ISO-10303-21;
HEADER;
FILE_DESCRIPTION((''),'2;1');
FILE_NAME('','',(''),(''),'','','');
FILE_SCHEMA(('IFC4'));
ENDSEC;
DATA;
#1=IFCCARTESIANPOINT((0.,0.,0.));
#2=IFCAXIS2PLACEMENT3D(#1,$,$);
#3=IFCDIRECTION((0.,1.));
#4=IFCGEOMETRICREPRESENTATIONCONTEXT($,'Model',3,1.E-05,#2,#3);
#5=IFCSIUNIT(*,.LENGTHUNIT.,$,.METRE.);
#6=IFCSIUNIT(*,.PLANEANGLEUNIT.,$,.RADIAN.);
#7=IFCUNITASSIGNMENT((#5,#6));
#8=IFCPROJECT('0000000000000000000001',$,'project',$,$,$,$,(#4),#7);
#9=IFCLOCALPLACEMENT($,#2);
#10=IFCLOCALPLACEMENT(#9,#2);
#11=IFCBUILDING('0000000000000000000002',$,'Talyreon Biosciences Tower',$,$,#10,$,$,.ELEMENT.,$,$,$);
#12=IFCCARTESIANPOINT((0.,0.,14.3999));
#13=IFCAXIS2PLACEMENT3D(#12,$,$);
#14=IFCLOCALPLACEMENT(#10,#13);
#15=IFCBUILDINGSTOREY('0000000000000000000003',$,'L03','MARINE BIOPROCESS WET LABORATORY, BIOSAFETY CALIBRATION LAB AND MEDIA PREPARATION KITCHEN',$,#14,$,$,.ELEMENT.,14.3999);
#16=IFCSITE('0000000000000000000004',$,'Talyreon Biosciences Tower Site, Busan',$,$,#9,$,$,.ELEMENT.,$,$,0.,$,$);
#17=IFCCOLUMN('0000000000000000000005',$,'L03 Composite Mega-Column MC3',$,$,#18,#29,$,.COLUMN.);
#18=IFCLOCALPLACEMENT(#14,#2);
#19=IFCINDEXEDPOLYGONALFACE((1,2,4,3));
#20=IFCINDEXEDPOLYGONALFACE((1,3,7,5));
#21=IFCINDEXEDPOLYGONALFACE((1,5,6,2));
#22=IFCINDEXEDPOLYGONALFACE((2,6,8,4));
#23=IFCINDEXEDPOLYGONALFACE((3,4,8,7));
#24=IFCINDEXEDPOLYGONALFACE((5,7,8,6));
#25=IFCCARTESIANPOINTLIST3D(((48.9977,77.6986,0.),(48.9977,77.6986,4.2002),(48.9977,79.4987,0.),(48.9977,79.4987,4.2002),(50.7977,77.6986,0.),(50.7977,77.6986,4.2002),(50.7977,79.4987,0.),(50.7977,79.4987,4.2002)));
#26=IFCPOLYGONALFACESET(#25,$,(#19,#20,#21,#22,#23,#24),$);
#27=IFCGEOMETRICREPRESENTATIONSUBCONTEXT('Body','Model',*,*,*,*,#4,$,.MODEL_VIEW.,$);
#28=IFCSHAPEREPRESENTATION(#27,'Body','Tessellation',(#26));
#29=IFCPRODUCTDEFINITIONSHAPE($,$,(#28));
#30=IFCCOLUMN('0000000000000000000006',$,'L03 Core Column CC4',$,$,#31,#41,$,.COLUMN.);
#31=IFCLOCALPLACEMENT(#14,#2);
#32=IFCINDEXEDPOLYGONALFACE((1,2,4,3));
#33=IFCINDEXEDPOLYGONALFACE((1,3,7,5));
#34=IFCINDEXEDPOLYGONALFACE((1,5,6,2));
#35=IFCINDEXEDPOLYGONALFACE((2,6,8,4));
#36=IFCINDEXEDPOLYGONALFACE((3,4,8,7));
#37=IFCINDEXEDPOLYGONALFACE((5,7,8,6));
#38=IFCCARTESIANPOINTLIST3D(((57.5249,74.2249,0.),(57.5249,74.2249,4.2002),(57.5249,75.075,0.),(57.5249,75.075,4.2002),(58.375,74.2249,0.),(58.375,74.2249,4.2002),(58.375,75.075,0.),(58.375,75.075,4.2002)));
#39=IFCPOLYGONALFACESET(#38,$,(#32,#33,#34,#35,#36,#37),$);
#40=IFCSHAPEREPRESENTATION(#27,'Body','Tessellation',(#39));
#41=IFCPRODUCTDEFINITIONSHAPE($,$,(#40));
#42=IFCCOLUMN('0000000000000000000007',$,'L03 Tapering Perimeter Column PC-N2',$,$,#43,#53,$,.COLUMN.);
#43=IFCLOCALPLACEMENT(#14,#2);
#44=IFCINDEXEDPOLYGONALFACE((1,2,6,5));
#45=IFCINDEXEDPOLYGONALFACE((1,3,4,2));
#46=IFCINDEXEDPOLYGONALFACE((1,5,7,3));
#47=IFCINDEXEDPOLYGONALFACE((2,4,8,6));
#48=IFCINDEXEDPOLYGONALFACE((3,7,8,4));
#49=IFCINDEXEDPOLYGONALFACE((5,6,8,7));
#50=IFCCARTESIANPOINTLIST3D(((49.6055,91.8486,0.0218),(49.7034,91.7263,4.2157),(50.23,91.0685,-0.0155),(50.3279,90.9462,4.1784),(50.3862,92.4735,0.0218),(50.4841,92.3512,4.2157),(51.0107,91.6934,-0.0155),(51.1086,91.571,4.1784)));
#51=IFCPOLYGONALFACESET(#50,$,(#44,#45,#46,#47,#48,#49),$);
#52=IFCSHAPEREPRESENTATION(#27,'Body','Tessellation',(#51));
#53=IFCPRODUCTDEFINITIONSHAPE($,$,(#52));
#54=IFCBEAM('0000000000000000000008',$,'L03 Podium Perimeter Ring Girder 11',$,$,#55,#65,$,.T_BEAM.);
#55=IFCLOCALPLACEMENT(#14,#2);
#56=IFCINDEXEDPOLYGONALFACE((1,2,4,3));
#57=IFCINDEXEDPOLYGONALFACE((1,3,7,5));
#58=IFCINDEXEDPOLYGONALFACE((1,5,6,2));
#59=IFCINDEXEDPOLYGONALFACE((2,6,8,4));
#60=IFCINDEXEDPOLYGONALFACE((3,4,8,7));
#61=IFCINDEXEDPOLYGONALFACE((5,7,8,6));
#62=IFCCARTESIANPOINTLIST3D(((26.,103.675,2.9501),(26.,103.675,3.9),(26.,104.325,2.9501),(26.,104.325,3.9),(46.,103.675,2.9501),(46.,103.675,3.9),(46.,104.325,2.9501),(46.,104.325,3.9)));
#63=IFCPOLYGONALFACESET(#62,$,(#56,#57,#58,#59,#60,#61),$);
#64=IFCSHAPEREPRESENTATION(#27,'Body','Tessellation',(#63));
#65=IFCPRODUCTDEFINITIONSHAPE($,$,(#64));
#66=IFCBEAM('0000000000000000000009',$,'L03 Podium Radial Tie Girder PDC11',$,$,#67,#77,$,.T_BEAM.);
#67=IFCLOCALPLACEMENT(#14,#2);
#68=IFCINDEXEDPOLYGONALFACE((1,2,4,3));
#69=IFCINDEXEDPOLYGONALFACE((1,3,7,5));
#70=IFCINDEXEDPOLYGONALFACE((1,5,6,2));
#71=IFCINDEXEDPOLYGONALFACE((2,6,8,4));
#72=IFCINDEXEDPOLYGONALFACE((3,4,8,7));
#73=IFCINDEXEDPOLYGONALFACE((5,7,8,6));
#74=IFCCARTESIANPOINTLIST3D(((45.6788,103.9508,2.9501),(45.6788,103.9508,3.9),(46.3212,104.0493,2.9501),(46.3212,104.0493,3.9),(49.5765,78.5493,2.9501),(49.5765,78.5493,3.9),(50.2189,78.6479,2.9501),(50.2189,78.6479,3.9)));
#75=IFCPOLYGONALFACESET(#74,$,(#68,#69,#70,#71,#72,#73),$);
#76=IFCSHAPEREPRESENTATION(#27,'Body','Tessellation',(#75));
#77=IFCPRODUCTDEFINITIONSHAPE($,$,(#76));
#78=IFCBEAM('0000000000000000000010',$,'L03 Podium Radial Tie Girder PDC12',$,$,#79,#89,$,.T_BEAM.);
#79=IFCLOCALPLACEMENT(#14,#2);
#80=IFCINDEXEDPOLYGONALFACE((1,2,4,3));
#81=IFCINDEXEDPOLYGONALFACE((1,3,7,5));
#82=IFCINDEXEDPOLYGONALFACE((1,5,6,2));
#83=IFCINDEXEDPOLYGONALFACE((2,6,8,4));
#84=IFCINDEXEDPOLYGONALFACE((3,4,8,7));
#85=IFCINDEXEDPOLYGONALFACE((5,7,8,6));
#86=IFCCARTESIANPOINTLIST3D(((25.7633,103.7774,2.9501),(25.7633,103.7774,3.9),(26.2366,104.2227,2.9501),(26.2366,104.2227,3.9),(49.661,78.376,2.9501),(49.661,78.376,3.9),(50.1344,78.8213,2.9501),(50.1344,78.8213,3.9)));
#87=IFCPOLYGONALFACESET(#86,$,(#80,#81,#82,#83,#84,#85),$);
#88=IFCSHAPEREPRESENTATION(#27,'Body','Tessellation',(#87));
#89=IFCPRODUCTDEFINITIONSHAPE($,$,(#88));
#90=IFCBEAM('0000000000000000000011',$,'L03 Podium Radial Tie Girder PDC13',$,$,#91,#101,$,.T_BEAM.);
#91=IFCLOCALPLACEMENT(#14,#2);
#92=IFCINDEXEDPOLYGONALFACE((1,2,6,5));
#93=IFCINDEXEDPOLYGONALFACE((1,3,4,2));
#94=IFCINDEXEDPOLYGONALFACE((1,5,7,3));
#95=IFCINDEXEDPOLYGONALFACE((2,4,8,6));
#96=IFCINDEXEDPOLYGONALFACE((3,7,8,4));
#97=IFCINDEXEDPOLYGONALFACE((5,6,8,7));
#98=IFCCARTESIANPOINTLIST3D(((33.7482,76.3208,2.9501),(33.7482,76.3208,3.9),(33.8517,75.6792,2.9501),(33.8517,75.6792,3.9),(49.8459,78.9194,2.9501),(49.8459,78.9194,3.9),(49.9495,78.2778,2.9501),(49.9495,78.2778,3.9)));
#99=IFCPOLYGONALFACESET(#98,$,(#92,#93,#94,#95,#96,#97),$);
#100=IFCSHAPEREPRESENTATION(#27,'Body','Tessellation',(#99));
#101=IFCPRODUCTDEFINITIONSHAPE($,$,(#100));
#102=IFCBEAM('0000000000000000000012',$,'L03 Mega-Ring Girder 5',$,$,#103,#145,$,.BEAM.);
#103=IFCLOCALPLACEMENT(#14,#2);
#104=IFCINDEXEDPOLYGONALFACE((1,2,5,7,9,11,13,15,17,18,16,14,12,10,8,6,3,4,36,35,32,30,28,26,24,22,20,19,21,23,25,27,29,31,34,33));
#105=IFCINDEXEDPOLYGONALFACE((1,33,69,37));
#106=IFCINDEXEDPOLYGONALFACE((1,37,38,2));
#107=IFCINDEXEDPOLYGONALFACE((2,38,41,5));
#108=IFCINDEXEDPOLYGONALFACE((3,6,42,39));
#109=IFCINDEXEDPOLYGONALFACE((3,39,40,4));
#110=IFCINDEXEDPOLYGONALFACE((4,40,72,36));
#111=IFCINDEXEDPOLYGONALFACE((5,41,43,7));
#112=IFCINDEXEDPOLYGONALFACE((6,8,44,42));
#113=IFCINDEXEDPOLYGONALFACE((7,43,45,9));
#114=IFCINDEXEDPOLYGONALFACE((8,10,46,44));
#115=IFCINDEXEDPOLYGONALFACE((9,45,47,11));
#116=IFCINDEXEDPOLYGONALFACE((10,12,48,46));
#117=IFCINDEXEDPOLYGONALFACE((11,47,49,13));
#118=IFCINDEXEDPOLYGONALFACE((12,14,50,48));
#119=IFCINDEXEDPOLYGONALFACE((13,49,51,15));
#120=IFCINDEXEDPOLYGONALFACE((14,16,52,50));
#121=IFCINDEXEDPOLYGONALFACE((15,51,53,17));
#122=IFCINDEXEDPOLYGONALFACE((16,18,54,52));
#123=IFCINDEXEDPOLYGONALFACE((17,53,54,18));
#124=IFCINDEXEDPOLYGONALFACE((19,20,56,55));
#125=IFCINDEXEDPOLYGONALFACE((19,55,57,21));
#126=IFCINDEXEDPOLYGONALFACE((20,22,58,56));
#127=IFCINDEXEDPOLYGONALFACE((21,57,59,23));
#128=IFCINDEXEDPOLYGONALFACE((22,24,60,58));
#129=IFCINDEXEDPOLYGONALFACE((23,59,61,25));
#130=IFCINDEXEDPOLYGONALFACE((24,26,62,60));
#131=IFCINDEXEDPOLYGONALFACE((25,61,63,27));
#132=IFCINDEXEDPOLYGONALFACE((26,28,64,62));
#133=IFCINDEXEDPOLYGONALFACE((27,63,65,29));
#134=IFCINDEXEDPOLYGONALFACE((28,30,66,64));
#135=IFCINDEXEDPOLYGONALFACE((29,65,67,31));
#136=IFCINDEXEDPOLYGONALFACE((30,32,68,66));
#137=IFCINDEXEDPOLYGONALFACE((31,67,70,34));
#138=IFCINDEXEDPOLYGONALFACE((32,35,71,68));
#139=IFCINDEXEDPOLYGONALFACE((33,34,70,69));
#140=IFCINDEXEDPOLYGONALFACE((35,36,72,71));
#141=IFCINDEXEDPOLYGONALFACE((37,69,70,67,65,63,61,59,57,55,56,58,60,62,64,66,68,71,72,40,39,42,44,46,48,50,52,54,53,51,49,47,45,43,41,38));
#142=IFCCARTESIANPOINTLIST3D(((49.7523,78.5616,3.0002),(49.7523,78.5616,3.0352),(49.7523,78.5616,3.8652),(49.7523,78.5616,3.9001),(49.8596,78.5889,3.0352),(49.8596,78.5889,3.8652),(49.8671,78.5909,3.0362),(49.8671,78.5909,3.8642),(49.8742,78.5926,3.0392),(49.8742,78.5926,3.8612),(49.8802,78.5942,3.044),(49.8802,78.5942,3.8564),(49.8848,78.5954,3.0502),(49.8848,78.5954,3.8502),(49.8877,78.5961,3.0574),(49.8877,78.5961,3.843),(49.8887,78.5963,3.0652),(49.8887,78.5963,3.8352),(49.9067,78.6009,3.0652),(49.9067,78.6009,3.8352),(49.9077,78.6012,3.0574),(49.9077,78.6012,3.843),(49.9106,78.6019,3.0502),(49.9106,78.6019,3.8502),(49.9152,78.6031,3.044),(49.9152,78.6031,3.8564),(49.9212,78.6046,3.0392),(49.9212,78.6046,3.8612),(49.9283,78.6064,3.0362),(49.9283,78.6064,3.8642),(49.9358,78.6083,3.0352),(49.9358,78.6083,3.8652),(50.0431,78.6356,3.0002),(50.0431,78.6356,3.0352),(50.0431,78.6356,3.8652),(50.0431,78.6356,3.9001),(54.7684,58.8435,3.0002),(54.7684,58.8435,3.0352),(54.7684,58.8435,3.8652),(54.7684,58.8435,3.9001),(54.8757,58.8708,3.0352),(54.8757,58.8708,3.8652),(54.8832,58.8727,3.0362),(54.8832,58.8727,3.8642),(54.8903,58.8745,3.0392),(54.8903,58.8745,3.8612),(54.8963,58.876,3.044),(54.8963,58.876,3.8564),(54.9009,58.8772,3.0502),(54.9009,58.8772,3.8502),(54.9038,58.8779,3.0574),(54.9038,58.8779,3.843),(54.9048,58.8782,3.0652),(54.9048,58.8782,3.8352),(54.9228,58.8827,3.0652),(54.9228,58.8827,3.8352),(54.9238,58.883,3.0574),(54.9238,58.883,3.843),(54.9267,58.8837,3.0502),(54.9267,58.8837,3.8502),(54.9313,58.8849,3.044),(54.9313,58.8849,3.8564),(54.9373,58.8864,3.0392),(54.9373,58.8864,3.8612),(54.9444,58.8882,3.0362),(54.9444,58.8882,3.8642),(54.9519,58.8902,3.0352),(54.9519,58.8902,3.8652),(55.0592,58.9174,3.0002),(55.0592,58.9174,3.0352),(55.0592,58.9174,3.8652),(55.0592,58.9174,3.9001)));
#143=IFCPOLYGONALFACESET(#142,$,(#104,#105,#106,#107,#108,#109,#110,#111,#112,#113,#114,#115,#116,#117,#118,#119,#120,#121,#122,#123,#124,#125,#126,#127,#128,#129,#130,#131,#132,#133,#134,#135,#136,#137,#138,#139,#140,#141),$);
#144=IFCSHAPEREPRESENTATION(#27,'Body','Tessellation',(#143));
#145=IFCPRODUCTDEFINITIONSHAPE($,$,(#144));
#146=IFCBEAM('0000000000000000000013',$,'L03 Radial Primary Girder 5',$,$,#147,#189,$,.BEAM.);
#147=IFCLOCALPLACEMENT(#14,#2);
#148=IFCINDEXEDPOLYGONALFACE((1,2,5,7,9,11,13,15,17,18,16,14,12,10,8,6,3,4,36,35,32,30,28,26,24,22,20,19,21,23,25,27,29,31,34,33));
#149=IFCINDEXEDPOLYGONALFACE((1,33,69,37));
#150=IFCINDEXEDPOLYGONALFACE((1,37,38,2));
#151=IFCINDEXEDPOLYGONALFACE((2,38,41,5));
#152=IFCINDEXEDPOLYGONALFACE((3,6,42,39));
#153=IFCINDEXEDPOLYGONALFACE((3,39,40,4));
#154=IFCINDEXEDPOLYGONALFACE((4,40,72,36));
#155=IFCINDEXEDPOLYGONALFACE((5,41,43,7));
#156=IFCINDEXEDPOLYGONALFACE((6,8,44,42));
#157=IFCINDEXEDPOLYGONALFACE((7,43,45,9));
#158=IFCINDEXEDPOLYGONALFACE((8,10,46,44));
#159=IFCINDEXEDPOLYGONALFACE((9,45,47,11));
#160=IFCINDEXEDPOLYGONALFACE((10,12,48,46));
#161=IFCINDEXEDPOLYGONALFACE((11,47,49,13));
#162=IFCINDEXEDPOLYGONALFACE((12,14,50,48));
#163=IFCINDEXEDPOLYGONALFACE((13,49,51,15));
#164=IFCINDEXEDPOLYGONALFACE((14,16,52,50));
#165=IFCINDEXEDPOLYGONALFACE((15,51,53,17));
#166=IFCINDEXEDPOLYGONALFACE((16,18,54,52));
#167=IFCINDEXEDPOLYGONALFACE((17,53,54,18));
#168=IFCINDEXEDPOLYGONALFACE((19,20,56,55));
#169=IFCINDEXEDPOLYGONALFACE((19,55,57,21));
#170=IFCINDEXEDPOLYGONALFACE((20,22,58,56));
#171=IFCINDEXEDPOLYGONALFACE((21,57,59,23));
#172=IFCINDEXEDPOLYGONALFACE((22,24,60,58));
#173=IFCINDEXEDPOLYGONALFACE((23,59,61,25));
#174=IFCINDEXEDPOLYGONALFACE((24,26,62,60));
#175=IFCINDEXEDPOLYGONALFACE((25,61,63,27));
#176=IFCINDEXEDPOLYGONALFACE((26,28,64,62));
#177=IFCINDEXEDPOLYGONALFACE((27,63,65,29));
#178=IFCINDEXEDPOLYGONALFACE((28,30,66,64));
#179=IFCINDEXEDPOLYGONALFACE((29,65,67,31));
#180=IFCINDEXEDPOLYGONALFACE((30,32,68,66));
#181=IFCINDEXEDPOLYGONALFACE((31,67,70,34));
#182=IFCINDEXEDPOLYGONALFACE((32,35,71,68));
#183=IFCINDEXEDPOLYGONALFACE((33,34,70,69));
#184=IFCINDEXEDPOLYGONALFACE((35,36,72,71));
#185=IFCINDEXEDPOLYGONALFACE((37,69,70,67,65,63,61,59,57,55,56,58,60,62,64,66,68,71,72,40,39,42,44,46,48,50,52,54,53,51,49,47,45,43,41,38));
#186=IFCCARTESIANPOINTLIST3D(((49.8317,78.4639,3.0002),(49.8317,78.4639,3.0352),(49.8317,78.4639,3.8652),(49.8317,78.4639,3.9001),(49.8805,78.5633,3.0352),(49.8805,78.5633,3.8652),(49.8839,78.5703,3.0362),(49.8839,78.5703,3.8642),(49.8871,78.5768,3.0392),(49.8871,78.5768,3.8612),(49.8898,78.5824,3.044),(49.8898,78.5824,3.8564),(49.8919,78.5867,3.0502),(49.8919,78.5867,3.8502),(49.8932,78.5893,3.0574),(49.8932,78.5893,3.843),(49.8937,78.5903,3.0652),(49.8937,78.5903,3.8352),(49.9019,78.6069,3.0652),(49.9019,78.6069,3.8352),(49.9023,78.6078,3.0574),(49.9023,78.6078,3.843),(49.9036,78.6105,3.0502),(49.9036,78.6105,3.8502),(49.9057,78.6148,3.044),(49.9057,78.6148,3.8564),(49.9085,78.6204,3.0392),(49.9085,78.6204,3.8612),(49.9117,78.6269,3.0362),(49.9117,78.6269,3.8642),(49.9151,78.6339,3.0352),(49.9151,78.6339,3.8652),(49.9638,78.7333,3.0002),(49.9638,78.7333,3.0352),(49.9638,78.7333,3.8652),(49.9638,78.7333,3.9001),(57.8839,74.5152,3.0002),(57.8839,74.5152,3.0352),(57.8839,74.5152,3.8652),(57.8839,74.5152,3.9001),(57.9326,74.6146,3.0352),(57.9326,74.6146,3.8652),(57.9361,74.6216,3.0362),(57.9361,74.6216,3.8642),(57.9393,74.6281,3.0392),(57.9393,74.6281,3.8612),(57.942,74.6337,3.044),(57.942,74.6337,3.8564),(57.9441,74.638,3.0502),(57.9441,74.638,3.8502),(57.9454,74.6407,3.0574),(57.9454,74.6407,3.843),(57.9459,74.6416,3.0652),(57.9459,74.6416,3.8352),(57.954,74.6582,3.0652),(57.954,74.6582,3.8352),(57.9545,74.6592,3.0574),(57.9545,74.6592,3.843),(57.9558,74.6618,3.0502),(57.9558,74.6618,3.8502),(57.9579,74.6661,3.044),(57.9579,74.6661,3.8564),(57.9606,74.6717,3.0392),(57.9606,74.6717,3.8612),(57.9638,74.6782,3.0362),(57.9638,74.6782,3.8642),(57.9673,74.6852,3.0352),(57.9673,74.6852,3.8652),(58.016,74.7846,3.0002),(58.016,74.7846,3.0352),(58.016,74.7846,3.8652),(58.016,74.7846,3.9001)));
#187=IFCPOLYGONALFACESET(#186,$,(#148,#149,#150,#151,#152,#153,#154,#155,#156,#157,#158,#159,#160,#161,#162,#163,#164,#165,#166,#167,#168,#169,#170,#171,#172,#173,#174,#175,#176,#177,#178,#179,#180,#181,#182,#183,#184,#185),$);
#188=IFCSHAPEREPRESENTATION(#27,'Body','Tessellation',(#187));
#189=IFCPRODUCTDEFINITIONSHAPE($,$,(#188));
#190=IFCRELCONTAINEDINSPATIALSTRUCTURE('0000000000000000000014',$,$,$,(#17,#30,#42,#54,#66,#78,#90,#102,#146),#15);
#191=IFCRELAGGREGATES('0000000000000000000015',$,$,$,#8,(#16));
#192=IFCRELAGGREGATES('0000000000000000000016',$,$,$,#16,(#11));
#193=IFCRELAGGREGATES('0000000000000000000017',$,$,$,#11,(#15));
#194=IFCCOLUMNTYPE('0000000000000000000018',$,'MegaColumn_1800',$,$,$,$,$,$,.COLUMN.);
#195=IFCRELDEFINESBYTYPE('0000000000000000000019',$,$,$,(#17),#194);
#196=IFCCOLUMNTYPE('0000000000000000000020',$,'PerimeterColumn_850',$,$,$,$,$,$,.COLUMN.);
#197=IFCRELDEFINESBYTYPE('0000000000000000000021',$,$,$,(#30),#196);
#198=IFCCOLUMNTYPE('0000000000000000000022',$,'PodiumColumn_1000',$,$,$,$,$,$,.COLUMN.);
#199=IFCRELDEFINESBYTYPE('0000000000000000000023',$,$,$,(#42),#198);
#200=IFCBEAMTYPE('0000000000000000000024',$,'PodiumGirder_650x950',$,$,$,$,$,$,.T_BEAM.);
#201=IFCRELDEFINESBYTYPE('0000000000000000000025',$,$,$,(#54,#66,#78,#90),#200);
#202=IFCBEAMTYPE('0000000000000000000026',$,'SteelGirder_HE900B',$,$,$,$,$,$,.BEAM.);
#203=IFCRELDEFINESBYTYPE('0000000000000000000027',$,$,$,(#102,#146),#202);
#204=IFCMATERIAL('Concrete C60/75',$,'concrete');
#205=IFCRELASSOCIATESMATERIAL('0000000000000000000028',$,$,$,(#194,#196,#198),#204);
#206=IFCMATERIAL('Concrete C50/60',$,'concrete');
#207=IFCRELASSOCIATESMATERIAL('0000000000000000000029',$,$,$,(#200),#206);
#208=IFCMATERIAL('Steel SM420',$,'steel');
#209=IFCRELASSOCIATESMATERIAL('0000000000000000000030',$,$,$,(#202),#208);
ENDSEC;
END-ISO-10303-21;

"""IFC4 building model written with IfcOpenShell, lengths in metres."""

from ifc_helpers import new_model, si_unit, direction, frame, origin, origin_2d, place, context, subcontext, project, spatial, rectangle, i_section, extrude, material, material_profile, profile_set, type_object, element, save


model = new_model("IFC4")

# Units and contexts
model_context = context("Model", 3, precision=1e-05, world=origin(), true_north=direction((0.0, 1.0)))
body_context = subcontext(model_context, "Body", "Model", "MODEL_VIEW")
ifc_project = project(units=[si_unit("LENGTHUNIT", "METRE"), si_unit("PLANEANGLEUNIT", "RADIAN")], contexts=[model_context])

# Site, building, storey
site_placement = place(None, origin())
site = spatial("IfcSite", under=ifc_project, at=site_placement, Name="Talyreon Biosciences Tower Site, Busan", CompositionType="ELEMENT", RefElevation=0.0)
building_placement = place(site_placement, origin())
building = spatial("IfcBuilding", under=site, at=building_placement, Name="Talyreon Biosciences Tower", CompositionType="ELEMENT")
storey_placement = place(building_placement, frame((0.0, 0.0, 14.3999)))
storey = spatial("IfcBuildingStorey", under=building, at=storey_placement, Name="L03", Description="MARINE BIOPROCESS WET LABORATORY, BIOSAFETY CALIBRATION LAB AND MEDIA PREPARATION KITCHEN", CompositionType="ELEMENT", Elevation=14.3999)

# Columns
ifc_material_1 = material(Name="Concrete C60/75", Category="concrete")
ifc_material_profile_1 = material_profile(ifc_material_1, rectangle(XDim=1.8, YDim=1.8, at=origin_2d()), Name="RC 1800x1800")
ifc_profile_set_1 = profile_set([ifc_material_profile_1], Name="Concrete C60/75")
column_type_1 = type_object("IfcColumnType", Name="MegaColumn_1800", PredefinedType="COLUMN", material=ifc_profile_set_1)
column_1_placement = place(storey_placement, frame((49.8977, 78.5986, 0.0), z_axis=(0.0, 0.0, 1.0), x_axis=(1.0, 0.0, 0.0)))
element("IfcColumn", 1, at=column_1_placement, inside=storey, type_object=column_type_1, Name="L03 Composite Mega-Column MC3", PredefinedType="COLUMN", context=body_context, shape_type="SweptSolid", body=[
    extrude(rectangle(XDim=1.8, YDim=1.8, at=origin_2d()), origin(), (0.0, 0.0, 1.0), 4.2002),
])
ifc_material_profile_2 = material_profile(ifc_material_1, rectangle(XDim=0.8501, YDim=0.8501, at=origin_2d()), Name="RC 850x850")
ifc_profile_set_2 = profile_set([ifc_material_profile_2], Name="Concrete C60/75")
column_type_2 = type_object("IfcColumnType", Name="PerimeterColumn_850", PredefinedType="COLUMN", material=ifc_profile_set_2)
column_2_placement = place(storey_placement, frame((57.95, 74.6499, 0.0), z_axis=(0.0, 0.0, 1.0), x_axis=(1.0, 0.0, 0.0)))
element("IfcColumn", 2, at=column_2_placement, inside=storey, type_object=column_type_2, Name="L03 Core Column CC4", PredefinedType="COLUMN", context=body_context, shape_type="SweptSolid", body=[
    extrude(rectangle(XDim=0.8501, YDim=0.8501, at=origin_2d()), origin(), (0.0, 0.0, 1.0), 4.2002),
])
ifc_material_profile_3 = material_profile(ifc_material_1, rectangle(XDim=1.0, YDim=1.0, at=origin_2d()), Name="RC 1000x1000")
ifc_profile_set_3 = profile_set([ifc_material_profile_3], Name="Concrete C60/75")
column_type_3 = type_object("IfcColumnType", Name="PodiumColumn_1000", PredefinedType="COLUMN", material=ifc_profile_set_3)
column_3_placement = place(storey_placement, frame((50.3081, 91.771, 0.0032), z_axis=(0.023328, -0.029145, 0.999303), x_axis=(-0.780717, -0.624885, 0.0)))
element("IfcColumn", 3, at=column_3_placement, inside=storey, type_object=column_type_3, Name="L03 Tapering Perimeter Column PC-N2", PredefinedType="COLUMN", context=body_context, shape_type="SweptSolid", body=[
    extrude(rectangle(XDim=1.0, YDim=1.0, at=origin_2d()), origin(), (0.0, 0.0, 1.0), 4.1968),
])

# Beams
ifc_material_2 = material(Name="Concrete C50/60", Category="concrete")
ifc_material_profile_4 = material_profile(ifc_material_2, rectangle(XDim=0.6499, YDim=0.95, at=origin_2d()), Name="RCB 650x950")
ifc_profile_set_4 = profile_set([ifc_material_profile_4], Name="Concrete C50/60")
beam_type_1 = type_object("IfcBeamType", Name="PodiumGirder_650x950", PredefinedType="T_BEAM", material=ifc_profile_set_4)
beam_1_placement = place(storey_placement, frame((46.0, 104.0, 3.425), z_axis=(-1.0, 0.0, 0.0), x_axis=(0.0, -1.0, 0.0)))
element("IfcBeam", 4, at=beam_1_placement, inside=storey, type_object=beam_type_1, Name="L03 Podium Perimeter Ring Girder 11", PredefinedType="T_BEAM", context=body_context, shape_type="SweptSolid", body=[
    extrude(rectangle(XDim=0.6499, YDim=0.95, at=origin_2d()), origin(), (0.0, 0.0, 1.0), 20.0),
])
beam_2_placement = place(storey_placement, frame((49.8977, 78.5986, 3.425), z_axis=(-0.15167, 0.988431, 0.0), x_axis=(-0.988431, -0.15167, 0.0)))
element("IfcBeam", 5, at=beam_2_placement, inside=storey, type_object=beam_type_1, Name="L03 Podium Radial Tie Girder PDC11", PredefinedType="T_BEAM", context=body_context, shape_type="SweptSolid", body=[
    extrude(rectangle(XDim=0.6499, YDim=0.95, at=origin_2d()), origin(), (0.0, 0.0, 1.0), 25.6987),
])
beam_3_placement = place(storey_placement, frame((49.8977, 78.5986, 3.425), z_axis=(-0.685221, 0.728335, 0.0), x_axis=(-0.728335, -0.685221, 0.0)))
element("IfcBeam", 6, at=beam_3_placement, inside=storey, type_object=beam_type_1, Name="L03 Podium Radial Tie Girder PDC12", PredefinedType="T_BEAM", context=body_context, shape_type="SweptSolid", body=[
    extrude(rectangle(XDim=0.6499, YDim=0.95, at=origin_2d()), origin(), (0.0, 0.0, 1.0), 34.876),
])
beam_4_placement = place(storey_placement, frame((49.8977, 78.5986, 3.425), z_axis=(-0.98722, -0.159366, 0.0), x_axis=(0.159366, -0.98722, 0.0)))
element("IfcBeam", 7, at=beam_4_placement, inside=storey, type_object=beam_type_1, Name="L03 Podium Radial Tie Girder PDC13", PredefinedType="T_BEAM", context=body_context, shape_type="SweptSolid", body=[
    extrude(rectangle(XDim=0.6499, YDim=0.95, at=origin_2d()), origin(), (0.0, 0.0, 1.0), 16.3062),
])
ifc_material_3 = material(Name="Steel SM420", Category="steel")
ifc_material_profile_5 = material_profile(ifc_material_3, i_section(OverallWidth=0.3, OverallDepth=0.8999, WebThickness=0.0186, FlangeThickness=0.0349, FilletRadius=0.03, at=origin_2d()), Name="HE900B")
ifc_profile_set_5 = profile_set([ifc_material_profile_5], Name="Steel SM420")
beam_type_2 = type_object("IfcBeamType", Name="SteelGirder_HE900B", PredefinedType="BEAM", material=ifc_profile_set_5)
beam_5_placement = place(storey_placement, frame((49.8977, 78.5986, 3.4502), z_axis=(0.246537, -0.969133, 0.0), x_axis=(0.969133, 0.246537, 0.0)))
element("IfcBeam", 8, at=beam_5_placement, inside=storey, type_object=beam_type_2, Name="L03 Mega-Ring Girder 5", PredefinedType="BEAM", context=body_context, shape_type="SweptSolid", body=[
    extrude(i_section(OverallWidth=0.3, OverallDepth=0.8999, WebThickness=0.0186, FlangeThickness=0.0349, FilletRadius=0.03, at=origin_2d()), origin(), (0.0, 0.0, 1.0), 20.3462),
])
beam_6_placement = place(storey_placement, frame((57.95, 74.6499, 3.4502), z_axis=(-0.897852, 0.440297, 0.0), x_axis=(-0.440297, -0.897852, 0.0)))
element("IfcBeam", 9, at=beam_6_placement, inside=storey, type_object=beam_type_2, Name="L03 Radial Primary Girder 5", PredefinedType="BEAM", context=body_context, shape_type="SweptSolid", body=[
    extrude(i_section(OverallWidth=0.3, OverallDepth=0.8999, WebThickness=0.0186, FlangeThickness=0.0349, FilletRadius=0.03, at=origin_2d()), origin(), (0.0, 0.0, 1.0), 8.9683),
])

save(model, "model.ifc")
